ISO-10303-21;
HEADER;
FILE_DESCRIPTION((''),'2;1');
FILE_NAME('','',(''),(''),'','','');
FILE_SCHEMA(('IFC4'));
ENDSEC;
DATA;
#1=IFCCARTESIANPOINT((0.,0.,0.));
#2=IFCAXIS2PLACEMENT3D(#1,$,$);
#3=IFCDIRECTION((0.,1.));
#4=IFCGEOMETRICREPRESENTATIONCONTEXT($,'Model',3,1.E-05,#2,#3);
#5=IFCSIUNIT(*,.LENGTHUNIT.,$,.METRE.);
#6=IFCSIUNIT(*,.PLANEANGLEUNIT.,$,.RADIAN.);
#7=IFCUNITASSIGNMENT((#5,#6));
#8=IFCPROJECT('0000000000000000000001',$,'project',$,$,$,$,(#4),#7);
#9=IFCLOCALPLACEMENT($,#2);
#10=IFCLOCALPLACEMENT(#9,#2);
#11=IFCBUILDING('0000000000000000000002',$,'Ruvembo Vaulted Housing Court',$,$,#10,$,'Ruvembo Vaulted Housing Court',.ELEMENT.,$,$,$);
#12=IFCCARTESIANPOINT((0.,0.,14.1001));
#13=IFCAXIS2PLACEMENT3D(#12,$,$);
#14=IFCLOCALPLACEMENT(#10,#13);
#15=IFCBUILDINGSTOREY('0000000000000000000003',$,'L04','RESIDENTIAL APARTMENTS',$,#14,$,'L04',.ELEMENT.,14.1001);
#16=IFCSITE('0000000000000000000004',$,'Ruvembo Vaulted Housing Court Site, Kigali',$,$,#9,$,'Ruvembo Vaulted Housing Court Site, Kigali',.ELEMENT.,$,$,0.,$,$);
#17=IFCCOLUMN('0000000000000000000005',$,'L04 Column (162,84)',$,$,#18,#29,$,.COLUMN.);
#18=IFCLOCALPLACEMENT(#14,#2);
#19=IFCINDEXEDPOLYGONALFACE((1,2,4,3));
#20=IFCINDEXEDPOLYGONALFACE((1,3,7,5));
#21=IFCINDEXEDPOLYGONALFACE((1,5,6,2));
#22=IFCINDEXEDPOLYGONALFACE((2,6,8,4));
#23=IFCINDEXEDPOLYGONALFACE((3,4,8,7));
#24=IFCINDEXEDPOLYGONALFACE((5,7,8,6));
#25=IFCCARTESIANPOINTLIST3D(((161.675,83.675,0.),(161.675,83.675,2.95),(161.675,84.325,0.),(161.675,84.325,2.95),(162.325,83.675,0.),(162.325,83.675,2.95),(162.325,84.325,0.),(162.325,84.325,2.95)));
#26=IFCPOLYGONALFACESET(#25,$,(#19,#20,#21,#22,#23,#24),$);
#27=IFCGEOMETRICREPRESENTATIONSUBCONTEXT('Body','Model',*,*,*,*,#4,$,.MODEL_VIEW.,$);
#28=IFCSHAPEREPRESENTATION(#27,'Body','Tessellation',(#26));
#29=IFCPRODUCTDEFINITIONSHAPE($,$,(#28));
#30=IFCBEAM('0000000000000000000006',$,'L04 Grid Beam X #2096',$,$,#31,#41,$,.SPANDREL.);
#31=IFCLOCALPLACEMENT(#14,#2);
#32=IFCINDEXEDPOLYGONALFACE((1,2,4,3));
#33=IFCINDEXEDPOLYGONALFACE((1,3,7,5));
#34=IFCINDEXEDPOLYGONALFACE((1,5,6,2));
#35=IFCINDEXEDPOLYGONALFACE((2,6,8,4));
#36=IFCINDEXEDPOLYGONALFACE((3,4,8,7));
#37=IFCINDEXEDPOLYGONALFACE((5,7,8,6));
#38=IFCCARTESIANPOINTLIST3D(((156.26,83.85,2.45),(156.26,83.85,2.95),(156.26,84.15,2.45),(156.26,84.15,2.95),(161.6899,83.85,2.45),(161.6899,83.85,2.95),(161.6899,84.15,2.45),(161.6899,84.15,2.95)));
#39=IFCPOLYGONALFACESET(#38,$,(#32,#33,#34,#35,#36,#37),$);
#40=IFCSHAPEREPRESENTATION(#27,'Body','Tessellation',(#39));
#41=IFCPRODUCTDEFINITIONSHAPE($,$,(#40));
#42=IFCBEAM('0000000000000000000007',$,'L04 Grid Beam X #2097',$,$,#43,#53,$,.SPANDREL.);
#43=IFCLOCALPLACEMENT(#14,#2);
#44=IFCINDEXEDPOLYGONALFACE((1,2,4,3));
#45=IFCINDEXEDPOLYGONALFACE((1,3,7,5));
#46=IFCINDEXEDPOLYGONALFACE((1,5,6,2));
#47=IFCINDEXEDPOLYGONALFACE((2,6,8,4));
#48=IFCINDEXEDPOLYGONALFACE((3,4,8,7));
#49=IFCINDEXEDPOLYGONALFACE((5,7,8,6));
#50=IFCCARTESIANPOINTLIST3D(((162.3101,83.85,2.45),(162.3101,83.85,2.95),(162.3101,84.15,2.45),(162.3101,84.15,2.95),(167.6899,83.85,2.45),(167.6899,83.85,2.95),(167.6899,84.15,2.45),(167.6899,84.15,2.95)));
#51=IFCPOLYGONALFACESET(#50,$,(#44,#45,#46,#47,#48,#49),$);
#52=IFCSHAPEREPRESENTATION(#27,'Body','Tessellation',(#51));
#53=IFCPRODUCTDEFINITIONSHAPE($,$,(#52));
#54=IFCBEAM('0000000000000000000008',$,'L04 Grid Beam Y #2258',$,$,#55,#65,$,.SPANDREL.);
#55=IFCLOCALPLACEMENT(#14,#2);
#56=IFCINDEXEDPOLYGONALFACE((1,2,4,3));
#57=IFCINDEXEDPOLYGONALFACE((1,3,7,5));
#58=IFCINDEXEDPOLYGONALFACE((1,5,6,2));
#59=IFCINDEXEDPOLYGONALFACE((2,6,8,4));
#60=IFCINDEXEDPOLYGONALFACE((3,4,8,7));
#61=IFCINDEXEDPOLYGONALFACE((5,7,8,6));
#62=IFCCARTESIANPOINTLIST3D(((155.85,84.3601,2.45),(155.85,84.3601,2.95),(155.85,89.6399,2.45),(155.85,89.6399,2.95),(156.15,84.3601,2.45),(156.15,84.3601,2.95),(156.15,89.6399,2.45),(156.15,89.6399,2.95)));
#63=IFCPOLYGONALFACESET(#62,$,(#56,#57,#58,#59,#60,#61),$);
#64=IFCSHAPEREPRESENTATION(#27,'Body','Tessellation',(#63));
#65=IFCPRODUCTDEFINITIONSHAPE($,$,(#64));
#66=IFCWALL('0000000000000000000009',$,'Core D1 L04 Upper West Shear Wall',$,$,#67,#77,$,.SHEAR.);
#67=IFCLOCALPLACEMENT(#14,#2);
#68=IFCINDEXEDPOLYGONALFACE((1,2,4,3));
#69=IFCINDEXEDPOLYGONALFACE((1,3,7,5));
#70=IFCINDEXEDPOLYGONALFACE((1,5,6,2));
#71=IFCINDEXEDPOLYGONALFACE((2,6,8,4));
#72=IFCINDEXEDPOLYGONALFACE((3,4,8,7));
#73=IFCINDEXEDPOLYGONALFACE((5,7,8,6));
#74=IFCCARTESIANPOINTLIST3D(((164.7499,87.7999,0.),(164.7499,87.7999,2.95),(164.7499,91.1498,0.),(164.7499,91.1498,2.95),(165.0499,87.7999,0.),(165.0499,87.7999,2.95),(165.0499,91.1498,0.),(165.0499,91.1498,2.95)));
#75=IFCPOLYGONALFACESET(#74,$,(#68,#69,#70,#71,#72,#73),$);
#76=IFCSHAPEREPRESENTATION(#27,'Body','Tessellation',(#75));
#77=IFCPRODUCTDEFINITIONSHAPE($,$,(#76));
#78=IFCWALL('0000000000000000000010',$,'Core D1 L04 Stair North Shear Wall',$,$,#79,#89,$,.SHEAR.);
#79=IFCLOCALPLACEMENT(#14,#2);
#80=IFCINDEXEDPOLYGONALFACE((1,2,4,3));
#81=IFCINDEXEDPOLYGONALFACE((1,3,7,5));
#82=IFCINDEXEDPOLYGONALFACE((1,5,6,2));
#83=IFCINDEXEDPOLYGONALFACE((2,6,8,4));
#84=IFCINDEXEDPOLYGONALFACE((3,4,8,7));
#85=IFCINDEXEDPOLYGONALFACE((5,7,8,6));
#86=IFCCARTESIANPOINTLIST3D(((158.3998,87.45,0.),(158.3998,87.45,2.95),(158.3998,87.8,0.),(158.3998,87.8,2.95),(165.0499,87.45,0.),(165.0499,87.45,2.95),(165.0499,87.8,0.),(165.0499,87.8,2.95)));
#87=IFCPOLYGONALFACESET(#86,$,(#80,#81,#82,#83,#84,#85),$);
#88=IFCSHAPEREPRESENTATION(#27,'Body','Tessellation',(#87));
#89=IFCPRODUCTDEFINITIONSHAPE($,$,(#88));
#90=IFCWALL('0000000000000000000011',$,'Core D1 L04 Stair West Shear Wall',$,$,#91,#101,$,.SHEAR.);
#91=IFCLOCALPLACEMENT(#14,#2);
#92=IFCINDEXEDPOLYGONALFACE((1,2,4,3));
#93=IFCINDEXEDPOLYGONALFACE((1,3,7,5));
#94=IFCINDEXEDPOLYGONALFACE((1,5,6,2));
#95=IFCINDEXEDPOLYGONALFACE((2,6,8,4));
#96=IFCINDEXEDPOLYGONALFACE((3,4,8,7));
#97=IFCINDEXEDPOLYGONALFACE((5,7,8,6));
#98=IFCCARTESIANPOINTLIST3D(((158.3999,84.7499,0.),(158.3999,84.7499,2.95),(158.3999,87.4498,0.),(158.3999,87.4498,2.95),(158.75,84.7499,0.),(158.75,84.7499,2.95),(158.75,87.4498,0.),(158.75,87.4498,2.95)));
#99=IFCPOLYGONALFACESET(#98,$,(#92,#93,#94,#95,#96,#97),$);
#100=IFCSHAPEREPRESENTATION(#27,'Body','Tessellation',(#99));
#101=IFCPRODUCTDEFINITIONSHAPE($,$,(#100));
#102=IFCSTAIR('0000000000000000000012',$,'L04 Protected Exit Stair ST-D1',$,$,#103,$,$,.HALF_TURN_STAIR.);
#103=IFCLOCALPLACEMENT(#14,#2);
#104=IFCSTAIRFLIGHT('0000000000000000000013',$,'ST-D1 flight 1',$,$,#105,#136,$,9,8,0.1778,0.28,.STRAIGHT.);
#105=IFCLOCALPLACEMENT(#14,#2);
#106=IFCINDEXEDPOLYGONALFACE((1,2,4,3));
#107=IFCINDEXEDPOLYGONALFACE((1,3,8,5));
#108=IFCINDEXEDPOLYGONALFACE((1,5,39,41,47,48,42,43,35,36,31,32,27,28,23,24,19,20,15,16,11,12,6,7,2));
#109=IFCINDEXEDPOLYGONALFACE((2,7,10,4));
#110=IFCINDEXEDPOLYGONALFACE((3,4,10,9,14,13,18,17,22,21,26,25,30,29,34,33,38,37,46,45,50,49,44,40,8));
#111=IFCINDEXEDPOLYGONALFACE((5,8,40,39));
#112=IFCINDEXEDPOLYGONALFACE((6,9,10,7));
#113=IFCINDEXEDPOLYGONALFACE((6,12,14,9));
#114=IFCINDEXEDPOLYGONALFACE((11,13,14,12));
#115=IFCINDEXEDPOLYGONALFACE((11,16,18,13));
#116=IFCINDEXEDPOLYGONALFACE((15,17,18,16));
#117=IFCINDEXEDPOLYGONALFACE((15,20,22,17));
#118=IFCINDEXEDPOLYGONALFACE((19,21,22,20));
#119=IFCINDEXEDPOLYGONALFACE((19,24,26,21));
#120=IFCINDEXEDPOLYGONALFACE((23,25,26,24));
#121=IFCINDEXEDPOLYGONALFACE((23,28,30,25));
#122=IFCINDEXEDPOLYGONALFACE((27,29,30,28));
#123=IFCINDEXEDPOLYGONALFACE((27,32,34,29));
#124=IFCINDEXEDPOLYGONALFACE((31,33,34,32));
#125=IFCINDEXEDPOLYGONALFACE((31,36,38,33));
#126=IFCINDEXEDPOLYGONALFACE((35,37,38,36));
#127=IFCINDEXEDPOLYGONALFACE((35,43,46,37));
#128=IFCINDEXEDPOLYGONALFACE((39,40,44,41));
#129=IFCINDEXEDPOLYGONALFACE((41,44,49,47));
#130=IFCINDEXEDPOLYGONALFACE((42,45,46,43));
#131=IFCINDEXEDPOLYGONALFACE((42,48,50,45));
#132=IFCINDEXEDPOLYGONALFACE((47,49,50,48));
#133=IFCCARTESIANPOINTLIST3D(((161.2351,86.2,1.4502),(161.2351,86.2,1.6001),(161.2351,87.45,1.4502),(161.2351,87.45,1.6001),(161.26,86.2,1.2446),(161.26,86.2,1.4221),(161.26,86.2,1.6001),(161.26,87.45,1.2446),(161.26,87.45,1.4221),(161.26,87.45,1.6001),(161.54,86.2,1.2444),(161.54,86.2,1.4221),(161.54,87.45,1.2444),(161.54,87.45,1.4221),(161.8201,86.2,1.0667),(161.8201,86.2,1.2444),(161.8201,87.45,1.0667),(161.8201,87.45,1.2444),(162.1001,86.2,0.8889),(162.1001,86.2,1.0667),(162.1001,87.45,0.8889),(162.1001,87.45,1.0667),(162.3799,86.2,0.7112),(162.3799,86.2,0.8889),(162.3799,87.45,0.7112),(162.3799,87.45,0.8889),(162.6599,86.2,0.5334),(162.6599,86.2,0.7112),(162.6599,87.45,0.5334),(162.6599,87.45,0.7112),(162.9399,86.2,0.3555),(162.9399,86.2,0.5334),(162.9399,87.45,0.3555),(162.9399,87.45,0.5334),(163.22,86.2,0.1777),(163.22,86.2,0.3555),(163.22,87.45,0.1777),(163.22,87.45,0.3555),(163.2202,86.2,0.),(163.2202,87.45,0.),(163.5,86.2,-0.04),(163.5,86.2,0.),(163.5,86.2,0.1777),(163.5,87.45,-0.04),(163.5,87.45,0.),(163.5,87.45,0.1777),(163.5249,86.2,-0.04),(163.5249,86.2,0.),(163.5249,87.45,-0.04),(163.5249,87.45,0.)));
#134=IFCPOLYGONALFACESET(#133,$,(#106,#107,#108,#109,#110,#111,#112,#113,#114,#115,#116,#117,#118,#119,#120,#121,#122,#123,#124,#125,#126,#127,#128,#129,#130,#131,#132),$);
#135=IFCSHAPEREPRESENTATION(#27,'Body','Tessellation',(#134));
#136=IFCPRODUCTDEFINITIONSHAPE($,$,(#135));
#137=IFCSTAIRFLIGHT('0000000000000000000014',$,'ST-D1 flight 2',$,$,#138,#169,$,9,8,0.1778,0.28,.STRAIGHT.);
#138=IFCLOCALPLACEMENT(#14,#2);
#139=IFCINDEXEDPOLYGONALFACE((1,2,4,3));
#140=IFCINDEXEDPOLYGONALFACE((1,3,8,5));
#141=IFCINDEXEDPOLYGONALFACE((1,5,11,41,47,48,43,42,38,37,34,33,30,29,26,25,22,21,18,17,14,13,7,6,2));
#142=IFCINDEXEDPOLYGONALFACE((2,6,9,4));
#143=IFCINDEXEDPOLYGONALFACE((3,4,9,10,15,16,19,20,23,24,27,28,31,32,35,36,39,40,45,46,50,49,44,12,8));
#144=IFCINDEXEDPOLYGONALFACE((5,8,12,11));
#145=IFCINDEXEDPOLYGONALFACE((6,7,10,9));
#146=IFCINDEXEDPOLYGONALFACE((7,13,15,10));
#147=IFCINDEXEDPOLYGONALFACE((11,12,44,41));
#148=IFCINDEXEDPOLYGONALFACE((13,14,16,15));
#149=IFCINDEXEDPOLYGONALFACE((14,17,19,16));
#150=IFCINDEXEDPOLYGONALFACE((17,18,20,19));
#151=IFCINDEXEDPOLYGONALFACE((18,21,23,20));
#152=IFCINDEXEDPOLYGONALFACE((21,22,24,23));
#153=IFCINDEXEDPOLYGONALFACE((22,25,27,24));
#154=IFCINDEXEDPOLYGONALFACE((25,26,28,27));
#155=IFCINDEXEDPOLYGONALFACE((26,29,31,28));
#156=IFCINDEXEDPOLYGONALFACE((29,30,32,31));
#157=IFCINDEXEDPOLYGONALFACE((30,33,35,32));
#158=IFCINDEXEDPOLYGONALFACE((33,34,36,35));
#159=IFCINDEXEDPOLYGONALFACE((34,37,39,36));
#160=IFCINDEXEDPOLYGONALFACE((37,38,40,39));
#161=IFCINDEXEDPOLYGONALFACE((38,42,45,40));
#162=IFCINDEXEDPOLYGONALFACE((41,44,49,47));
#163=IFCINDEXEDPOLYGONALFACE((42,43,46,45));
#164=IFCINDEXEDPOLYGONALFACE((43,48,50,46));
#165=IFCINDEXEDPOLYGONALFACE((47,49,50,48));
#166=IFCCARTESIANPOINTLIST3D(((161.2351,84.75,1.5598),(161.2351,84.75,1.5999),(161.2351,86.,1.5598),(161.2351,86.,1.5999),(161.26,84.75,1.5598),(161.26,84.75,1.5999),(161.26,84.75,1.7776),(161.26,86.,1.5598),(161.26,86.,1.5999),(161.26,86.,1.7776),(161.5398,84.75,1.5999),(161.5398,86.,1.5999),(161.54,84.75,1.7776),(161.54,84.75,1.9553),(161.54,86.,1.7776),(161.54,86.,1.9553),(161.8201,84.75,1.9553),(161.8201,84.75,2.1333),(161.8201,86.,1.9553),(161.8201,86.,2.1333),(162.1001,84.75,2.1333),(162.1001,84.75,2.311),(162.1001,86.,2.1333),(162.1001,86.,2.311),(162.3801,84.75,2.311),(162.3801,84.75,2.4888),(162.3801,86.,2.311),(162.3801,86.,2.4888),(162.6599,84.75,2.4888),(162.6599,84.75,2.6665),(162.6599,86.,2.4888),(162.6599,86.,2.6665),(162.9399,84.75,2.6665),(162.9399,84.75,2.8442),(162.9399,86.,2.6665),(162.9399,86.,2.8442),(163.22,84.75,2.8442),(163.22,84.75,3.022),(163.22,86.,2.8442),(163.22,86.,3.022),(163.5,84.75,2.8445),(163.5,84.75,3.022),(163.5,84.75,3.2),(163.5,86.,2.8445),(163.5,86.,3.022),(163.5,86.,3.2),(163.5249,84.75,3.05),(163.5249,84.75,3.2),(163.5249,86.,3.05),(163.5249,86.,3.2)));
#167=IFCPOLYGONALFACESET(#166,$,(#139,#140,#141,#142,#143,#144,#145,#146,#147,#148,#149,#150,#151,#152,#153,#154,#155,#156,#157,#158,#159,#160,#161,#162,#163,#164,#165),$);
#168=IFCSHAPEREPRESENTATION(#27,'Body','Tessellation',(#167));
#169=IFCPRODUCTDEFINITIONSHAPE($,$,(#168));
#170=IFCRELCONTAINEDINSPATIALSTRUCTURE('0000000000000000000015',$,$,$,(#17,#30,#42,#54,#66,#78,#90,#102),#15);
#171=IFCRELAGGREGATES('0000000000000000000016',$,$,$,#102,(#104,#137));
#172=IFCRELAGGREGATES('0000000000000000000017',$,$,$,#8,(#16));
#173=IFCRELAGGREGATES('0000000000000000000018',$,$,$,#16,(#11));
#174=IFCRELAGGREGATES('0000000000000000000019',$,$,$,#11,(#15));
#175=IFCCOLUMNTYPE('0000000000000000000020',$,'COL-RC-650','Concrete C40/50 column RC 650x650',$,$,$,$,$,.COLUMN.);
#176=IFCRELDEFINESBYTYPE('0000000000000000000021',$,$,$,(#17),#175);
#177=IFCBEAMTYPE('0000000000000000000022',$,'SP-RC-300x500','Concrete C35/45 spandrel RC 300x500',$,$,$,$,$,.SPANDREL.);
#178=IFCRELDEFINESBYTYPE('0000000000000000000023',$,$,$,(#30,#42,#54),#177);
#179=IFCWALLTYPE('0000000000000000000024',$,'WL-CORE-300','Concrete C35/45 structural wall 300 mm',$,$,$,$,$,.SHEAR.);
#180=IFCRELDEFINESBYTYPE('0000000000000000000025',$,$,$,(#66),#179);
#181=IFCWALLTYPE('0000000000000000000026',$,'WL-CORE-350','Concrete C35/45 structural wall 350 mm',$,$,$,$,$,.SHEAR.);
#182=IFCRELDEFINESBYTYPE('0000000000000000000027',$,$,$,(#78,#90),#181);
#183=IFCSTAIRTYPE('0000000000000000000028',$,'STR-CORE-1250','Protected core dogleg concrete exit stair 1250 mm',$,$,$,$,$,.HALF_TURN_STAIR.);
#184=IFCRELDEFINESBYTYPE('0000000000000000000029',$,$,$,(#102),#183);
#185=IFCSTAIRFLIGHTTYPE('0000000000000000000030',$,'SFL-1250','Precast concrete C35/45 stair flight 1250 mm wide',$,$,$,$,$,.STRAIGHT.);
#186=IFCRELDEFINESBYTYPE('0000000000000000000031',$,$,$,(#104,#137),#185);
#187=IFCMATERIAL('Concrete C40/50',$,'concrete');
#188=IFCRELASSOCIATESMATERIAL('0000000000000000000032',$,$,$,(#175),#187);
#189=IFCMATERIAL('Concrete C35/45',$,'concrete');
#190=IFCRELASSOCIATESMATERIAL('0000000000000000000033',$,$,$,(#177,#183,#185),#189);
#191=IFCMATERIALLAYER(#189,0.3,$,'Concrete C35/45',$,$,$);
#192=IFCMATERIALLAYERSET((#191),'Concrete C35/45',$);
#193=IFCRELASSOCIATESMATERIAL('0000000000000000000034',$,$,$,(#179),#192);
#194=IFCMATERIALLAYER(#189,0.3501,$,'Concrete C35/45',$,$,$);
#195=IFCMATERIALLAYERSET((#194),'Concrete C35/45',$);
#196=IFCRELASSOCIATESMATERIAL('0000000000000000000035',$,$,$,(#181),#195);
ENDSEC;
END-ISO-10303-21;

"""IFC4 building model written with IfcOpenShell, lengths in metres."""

from ifc_helpers import new_model, si_unit, direction, frame, frame_2d, origin, origin_2d, place, context, subcontext, project, spatial, polyline, rectangle, outline, extrude, material, layer, layer_set, material_profile, profile_set, type_object, element, aggregate, save


model = new_model("IFC4")

# Units and contexts
model_context = context("Model", 3, precision=1e-05, world=origin(), true_north=direction((0.0, 1.0)))
body_context = subcontext(model_context, "Body", "Model", "MODEL_VIEW")
ifc_project = project(units=[si_unit("LENGTHUNIT", "METRE"), si_unit("PLANEANGLEUNIT", "RADIAN")], contexts=[model_context])

# Site, building, storey
site_placement = place(None, origin())
site = spatial("IfcSite", under=ifc_project, at=site_placement, Name="Ruvembo Vaulted Housing Court Site, Kigali", LongName="Ruvembo Vaulted Housing Court Site, Kigali", CompositionType="ELEMENT", RefElevation=0.0)
building_placement = place(site_placement, origin())
building = spatial("IfcBuilding", under=site, at=building_placement, Name="Ruvembo Vaulted Housing Court", LongName="Ruvembo Vaulted Housing Court", CompositionType="ELEMENT")
storey_placement = place(building_placement, frame((0.0, 0.0, 14.1001)))
storey = spatial("IfcBuildingStorey", under=building, at=storey_placement, Name="L04", Description="RESIDENTIAL APARTMENTS", LongName="L04", CompositionType="ELEMENT", Elevation=14.1001)

# Column
ifc_material_1 = material(Name="Concrete C40/50", Category="concrete")
ifc_material_profile_1 = material_profile(ifc_material_1, rectangle(XDim=0.6499, YDim=0.6499, at=origin_2d()), Name="RC 650x650")
ifc_profile_set_1 = profile_set([ifc_material_profile_1], Name="Concrete C40/50")
column_type = type_object("IfcColumnType", Name="COL-RC-650", Description="Concrete C40/50 column RC 650x650", PredefinedType="COLUMN", material=ifc_profile_set_1)
column_placement = place(storey_placement, frame((162.0, 84.0, 0.0), z_axis=(0.0, 0.0, 1.0), x_axis=(1.0, 0.0, 0.0)))
element("IfcColumn", 1, at=column_placement, inside=storey, type_object=column_type, Name="L04 Column (162,84)", PredefinedType="COLUMN", context=body_context, shape_type="SweptSolid", body=[
    extrude(rectangle(XDim=0.6499, YDim=0.6499, at=origin_2d()), origin(), (0.0, 0.0, 1.0), 2.95),
])

# Beams
ifc_material_2 = material(Name="Concrete C35/45", Category="concrete")
ifc_material_profile_2 = material_profile(ifc_material_2, rectangle(XDim=0.3, YDim=0.5, at=origin_2d()), Name="RC 300x500")
ifc_profile_set_2 = profile_set([ifc_material_profile_2], Name="Concrete C35/45")
beam_type = type_object("IfcBeamType", Name="SP-RC-300x500", Description="Concrete C35/45 spandrel RC 300x500", PredefinedType="SPANDREL", material=ifc_profile_set_2)
beam_1_placement = place(storey_placement, frame((156.26, 84.0, 2.7), z_axis=(1.0, 0.0, 0.0), x_axis=(0.0, 1.0, 0.0)))
element("IfcBeam", 2, at=beam_1_placement, inside=storey, type_object=beam_type, Name="L04 Grid Beam X #2096", PredefinedType="SPANDREL", context=body_context, shape_type="SweptSolid", body=[
    extrude(rectangle(XDim=0.3, YDim=0.5, at=origin_2d()), origin(), (0.0, 0.0, 1.0), 5.4299),
])
beam_2_placement = place(storey_placement, frame((162.3101, 84.0, 2.7), z_axis=(1.0, 0.0, 0.0), x_axis=(0.0, 1.0, 0.0)))
element("IfcBeam", 3, at=beam_2_placement, inside=storey, type_object=beam_type, Name="L04 Grid Beam X #2097", PredefinedType="SPANDREL", context=body_context, shape_type="SweptSolid", body=[
    extrude(rectangle(XDim=0.3, YDim=0.5, at=origin_2d()), origin(), (0.0, 0.0, 1.0), 5.3799),
])
beam_3_placement = place(storey_placement, frame((156.0, 84.3601, 2.7), z_axis=(0.0, 1.0, 0.0), x_axis=(-1.0, 0.0, 0.0)))
element("IfcBeam", 4, at=beam_3_placement, inside=storey, type_object=beam_type, Name="L04 Grid Beam Y #2258", PredefinedType="SPANDREL", context=body_context, shape_type="SweptSolid", body=[
    extrude(rectangle(XDim=0.3, YDim=0.5, at=origin_2d()), origin(), (0.0, 0.0, 1.0), 5.2798),
])

# Shared definitions
ifc_layer_1 = layer(ifc_material_2, 0.3, Name="Concrete C35/45")
ifc_layer_set_1 = layer_set([ifc_layer_1], Name="Concrete C35/45")
wall_type_1 = type_object("IfcWallType", Name="WL-CORE-300", Description="Concrete C35/45 structural wall 300 mm", PredefinedType="SHEAR", material=ifc_layer_set_1)

# Wall
wall_1_placement = place(storey_placement, frame((164.8999, 87.8, 0.0), z_axis=(0.0, 0.0, 1.0), x_axis=(0.0, 1.0, 0.0)))
element("IfcWall", 5, at=wall_1_placement, inside=storey, type_object=wall_type_1, Name="Core D1 L04 Upper West Shear Wall", PredefinedType="SHEAR", context=body_context, shape_type="SweptSolid", body=[
    extrude(rectangle(XDim=3.3499, YDim=0.3, at=frame_2d((1.6748, 0.0))), origin(), (0.0, 0.0, 1.0), 2.95),
])

# Shared definitions
ifc_layer_2 = layer(ifc_material_2, 0.3501, Name="Concrete C35/45")
ifc_layer_set_2 = layer_set([ifc_layer_2], Name="Concrete C35/45")
wall_type_2 = type_object("IfcWallType", Name="WL-CORE-350", Description="Concrete C35/45 structural wall 350 mm", PredefinedType="SHEAR", material=ifc_layer_set_2)

# Walls
wall_2_placement = place(storey_placement, frame((165.05, 87.625, 0.0), z_axis=(0.0, 0.0, 1.0), x_axis=(-1.0, 0.0, 0.0)))
element("IfcWall", 6, at=wall_2_placement, inside=storey, type_object=wall_type_2, Name="Core D1 L04 Stair North Shear Wall", PredefinedType="SHEAR", context=body_context, shape_type="SweptSolid", body=[
    extrude(rectangle(XDim=6.6501, YDim=0.3501, at=frame_2d((3.3252, 0.0))), origin(), (0.0, 0.0, 1.0), 2.95),
])
wall_3_placement = place(storey_placement, frame((158.575, 87.45, 0.0), z_axis=(0.0, 0.0, 1.0), x_axis=(0.0, -1.0, 0.0)))
element("IfcWall", 7, at=wall_3_placement, inside=storey, type_object=wall_type_2, Name="Core D1 L04 Stair West Shear Wall", PredefinedType="SHEAR", context=body_context, shape_type="SweptSolid", body=[
    extrude(rectangle(XDim=2.7, YDim=0.3501, at=frame_2d((1.3501, 0.0))), origin(), (0.0, 0.0, 1.0), 2.95),
])

# Stair, stair flights
stair_type = type_object("IfcStairType", Name="STR-CORE-1250", Description="Protected core dogleg concrete exit stair 1250 mm", PredefinedType="HALF_TURN_STAIR", material=ifc_material_2)
stair_placement = place(storey_placement, origin())
stair = element("IfcStair", 8, at=stair_placement, inside=storey, type_object=stair_type, Name="L04 Protected Exit Stair ST-D1", PredefinedType="HALF_TURN_STAIR")
stair_flight_type = type_object("IfcStairFlightType", Name="SFL-1250", Description="Precast concrete C35/45 stair flight 1250 mm wide", PredefinedType="STRAIGHT", material=ifc_material_2)
stair_flight_1_placement = place(storey_placement, frame((163.5, 86.825, 0.0), z_axis=(0.0, 0.0, 1.0), x_axis=(-1.0, 0.0, 0.0)))
stair_flight_1 = element("IfcStairFlight", 9, at=stair_flight_1_placement, type_object=stair_flight_type, Name="ST-D1 flight 1", NumberOfRisers=9, NumberOfTreads=8, PredefinedType="STRAIGHT", RiserHeight=0.1778, TreadLength=0.28, context=body_context, shape_type="SweptSolid", body=[
    extrude(outline(polyline([(-0.0249, -0.04), (-0.0249, 0.0), (0.0, 0.0), (0.0, 0.1777), (0.28, 0.1777), (0.28, 0.3555), (0.5601, 0.3555), (0.5601, 0.5334), (0.8401, 0.5334), (0.8401, 0.7112), (1.1201, 0.7112), (1.1201, 0.8889), (1.3999, 0.8889), (1.3999, 1.0667), (1.6799, 1.0667), (1.6799, 1.2444), (1.96, 1.2444), (1.96, 1.4221), (2.24, 1.4221), (2.24, 1.6001), (2.2649, 1.6001), (2.2649, 1.4502), (2.24, 1.2446), (0.2798, 0.0), (0.0, -0.04), (-0.0249, -0.04)])), frame((0.0, 0.625, 0.0), z_axis=(0.0, -1.0, 0.0), x_axis=(1.0, 0.0, 0.0)), (0.0, 0.0, 1.0), 1.25),
])
stair_flight_2_placement = place(storey_placement, frame((161.26, 85.375, 1.5999), z_axis=(0.0, 0.0, 1.0), x_axis=(1.0, 0.0, 0.0)))
stair_flight_2 = element("IfcStairFlight", 10, at=stair_flight_2_placement, type_object=stair_flight_type, Name="ST-D1 flight 2", NumberOfRisers=9, NumberOfTreads=8, PredefinedType="STRAIGHT", RiserHeight=0.1778, TreadLength=0.28, context=body_context, shape_type="SweptSolid", body=[
    extrude(outline(polyline([(-0.0249, -0.04), (-0.0249, 0.0), (0.0, 0.0), (0.0, 0.1777), (0.28, 0.1777), (0.28, 0.3555), (0.5601, 0.3555), (0.5601, 0.5334), (0.8401, 0.5334), (0.8401, 0.7112), (1.1201, 0.7112), (1.1201, 0.8889), (1.3999, 0.8889), (1.3999, 1.0667), (1.6799, 1.0667), (1.6799, 1.2444), (1.96, 1.2444), (1.96, 1.4221), (2.24, 1.4221), (2.24, 1.6001), (2.2649, 1.6001), (2.2649, 1.4502), (2.24, 1.2446), (0.2798, 0.0), (0.0, -0.04), (-0.0249, -0.04)])), frame((0.0, 0.625, 0.0), z_axis=(0.0, -1.0, 0.0), x_axis=(1.0, 0.0, 0.0)), (0.0, 0.0, 1.0), 1.25),
])
aggregate(stair, [stair_flight_1, stair_flight_2])

save(model, "model.ifc")
